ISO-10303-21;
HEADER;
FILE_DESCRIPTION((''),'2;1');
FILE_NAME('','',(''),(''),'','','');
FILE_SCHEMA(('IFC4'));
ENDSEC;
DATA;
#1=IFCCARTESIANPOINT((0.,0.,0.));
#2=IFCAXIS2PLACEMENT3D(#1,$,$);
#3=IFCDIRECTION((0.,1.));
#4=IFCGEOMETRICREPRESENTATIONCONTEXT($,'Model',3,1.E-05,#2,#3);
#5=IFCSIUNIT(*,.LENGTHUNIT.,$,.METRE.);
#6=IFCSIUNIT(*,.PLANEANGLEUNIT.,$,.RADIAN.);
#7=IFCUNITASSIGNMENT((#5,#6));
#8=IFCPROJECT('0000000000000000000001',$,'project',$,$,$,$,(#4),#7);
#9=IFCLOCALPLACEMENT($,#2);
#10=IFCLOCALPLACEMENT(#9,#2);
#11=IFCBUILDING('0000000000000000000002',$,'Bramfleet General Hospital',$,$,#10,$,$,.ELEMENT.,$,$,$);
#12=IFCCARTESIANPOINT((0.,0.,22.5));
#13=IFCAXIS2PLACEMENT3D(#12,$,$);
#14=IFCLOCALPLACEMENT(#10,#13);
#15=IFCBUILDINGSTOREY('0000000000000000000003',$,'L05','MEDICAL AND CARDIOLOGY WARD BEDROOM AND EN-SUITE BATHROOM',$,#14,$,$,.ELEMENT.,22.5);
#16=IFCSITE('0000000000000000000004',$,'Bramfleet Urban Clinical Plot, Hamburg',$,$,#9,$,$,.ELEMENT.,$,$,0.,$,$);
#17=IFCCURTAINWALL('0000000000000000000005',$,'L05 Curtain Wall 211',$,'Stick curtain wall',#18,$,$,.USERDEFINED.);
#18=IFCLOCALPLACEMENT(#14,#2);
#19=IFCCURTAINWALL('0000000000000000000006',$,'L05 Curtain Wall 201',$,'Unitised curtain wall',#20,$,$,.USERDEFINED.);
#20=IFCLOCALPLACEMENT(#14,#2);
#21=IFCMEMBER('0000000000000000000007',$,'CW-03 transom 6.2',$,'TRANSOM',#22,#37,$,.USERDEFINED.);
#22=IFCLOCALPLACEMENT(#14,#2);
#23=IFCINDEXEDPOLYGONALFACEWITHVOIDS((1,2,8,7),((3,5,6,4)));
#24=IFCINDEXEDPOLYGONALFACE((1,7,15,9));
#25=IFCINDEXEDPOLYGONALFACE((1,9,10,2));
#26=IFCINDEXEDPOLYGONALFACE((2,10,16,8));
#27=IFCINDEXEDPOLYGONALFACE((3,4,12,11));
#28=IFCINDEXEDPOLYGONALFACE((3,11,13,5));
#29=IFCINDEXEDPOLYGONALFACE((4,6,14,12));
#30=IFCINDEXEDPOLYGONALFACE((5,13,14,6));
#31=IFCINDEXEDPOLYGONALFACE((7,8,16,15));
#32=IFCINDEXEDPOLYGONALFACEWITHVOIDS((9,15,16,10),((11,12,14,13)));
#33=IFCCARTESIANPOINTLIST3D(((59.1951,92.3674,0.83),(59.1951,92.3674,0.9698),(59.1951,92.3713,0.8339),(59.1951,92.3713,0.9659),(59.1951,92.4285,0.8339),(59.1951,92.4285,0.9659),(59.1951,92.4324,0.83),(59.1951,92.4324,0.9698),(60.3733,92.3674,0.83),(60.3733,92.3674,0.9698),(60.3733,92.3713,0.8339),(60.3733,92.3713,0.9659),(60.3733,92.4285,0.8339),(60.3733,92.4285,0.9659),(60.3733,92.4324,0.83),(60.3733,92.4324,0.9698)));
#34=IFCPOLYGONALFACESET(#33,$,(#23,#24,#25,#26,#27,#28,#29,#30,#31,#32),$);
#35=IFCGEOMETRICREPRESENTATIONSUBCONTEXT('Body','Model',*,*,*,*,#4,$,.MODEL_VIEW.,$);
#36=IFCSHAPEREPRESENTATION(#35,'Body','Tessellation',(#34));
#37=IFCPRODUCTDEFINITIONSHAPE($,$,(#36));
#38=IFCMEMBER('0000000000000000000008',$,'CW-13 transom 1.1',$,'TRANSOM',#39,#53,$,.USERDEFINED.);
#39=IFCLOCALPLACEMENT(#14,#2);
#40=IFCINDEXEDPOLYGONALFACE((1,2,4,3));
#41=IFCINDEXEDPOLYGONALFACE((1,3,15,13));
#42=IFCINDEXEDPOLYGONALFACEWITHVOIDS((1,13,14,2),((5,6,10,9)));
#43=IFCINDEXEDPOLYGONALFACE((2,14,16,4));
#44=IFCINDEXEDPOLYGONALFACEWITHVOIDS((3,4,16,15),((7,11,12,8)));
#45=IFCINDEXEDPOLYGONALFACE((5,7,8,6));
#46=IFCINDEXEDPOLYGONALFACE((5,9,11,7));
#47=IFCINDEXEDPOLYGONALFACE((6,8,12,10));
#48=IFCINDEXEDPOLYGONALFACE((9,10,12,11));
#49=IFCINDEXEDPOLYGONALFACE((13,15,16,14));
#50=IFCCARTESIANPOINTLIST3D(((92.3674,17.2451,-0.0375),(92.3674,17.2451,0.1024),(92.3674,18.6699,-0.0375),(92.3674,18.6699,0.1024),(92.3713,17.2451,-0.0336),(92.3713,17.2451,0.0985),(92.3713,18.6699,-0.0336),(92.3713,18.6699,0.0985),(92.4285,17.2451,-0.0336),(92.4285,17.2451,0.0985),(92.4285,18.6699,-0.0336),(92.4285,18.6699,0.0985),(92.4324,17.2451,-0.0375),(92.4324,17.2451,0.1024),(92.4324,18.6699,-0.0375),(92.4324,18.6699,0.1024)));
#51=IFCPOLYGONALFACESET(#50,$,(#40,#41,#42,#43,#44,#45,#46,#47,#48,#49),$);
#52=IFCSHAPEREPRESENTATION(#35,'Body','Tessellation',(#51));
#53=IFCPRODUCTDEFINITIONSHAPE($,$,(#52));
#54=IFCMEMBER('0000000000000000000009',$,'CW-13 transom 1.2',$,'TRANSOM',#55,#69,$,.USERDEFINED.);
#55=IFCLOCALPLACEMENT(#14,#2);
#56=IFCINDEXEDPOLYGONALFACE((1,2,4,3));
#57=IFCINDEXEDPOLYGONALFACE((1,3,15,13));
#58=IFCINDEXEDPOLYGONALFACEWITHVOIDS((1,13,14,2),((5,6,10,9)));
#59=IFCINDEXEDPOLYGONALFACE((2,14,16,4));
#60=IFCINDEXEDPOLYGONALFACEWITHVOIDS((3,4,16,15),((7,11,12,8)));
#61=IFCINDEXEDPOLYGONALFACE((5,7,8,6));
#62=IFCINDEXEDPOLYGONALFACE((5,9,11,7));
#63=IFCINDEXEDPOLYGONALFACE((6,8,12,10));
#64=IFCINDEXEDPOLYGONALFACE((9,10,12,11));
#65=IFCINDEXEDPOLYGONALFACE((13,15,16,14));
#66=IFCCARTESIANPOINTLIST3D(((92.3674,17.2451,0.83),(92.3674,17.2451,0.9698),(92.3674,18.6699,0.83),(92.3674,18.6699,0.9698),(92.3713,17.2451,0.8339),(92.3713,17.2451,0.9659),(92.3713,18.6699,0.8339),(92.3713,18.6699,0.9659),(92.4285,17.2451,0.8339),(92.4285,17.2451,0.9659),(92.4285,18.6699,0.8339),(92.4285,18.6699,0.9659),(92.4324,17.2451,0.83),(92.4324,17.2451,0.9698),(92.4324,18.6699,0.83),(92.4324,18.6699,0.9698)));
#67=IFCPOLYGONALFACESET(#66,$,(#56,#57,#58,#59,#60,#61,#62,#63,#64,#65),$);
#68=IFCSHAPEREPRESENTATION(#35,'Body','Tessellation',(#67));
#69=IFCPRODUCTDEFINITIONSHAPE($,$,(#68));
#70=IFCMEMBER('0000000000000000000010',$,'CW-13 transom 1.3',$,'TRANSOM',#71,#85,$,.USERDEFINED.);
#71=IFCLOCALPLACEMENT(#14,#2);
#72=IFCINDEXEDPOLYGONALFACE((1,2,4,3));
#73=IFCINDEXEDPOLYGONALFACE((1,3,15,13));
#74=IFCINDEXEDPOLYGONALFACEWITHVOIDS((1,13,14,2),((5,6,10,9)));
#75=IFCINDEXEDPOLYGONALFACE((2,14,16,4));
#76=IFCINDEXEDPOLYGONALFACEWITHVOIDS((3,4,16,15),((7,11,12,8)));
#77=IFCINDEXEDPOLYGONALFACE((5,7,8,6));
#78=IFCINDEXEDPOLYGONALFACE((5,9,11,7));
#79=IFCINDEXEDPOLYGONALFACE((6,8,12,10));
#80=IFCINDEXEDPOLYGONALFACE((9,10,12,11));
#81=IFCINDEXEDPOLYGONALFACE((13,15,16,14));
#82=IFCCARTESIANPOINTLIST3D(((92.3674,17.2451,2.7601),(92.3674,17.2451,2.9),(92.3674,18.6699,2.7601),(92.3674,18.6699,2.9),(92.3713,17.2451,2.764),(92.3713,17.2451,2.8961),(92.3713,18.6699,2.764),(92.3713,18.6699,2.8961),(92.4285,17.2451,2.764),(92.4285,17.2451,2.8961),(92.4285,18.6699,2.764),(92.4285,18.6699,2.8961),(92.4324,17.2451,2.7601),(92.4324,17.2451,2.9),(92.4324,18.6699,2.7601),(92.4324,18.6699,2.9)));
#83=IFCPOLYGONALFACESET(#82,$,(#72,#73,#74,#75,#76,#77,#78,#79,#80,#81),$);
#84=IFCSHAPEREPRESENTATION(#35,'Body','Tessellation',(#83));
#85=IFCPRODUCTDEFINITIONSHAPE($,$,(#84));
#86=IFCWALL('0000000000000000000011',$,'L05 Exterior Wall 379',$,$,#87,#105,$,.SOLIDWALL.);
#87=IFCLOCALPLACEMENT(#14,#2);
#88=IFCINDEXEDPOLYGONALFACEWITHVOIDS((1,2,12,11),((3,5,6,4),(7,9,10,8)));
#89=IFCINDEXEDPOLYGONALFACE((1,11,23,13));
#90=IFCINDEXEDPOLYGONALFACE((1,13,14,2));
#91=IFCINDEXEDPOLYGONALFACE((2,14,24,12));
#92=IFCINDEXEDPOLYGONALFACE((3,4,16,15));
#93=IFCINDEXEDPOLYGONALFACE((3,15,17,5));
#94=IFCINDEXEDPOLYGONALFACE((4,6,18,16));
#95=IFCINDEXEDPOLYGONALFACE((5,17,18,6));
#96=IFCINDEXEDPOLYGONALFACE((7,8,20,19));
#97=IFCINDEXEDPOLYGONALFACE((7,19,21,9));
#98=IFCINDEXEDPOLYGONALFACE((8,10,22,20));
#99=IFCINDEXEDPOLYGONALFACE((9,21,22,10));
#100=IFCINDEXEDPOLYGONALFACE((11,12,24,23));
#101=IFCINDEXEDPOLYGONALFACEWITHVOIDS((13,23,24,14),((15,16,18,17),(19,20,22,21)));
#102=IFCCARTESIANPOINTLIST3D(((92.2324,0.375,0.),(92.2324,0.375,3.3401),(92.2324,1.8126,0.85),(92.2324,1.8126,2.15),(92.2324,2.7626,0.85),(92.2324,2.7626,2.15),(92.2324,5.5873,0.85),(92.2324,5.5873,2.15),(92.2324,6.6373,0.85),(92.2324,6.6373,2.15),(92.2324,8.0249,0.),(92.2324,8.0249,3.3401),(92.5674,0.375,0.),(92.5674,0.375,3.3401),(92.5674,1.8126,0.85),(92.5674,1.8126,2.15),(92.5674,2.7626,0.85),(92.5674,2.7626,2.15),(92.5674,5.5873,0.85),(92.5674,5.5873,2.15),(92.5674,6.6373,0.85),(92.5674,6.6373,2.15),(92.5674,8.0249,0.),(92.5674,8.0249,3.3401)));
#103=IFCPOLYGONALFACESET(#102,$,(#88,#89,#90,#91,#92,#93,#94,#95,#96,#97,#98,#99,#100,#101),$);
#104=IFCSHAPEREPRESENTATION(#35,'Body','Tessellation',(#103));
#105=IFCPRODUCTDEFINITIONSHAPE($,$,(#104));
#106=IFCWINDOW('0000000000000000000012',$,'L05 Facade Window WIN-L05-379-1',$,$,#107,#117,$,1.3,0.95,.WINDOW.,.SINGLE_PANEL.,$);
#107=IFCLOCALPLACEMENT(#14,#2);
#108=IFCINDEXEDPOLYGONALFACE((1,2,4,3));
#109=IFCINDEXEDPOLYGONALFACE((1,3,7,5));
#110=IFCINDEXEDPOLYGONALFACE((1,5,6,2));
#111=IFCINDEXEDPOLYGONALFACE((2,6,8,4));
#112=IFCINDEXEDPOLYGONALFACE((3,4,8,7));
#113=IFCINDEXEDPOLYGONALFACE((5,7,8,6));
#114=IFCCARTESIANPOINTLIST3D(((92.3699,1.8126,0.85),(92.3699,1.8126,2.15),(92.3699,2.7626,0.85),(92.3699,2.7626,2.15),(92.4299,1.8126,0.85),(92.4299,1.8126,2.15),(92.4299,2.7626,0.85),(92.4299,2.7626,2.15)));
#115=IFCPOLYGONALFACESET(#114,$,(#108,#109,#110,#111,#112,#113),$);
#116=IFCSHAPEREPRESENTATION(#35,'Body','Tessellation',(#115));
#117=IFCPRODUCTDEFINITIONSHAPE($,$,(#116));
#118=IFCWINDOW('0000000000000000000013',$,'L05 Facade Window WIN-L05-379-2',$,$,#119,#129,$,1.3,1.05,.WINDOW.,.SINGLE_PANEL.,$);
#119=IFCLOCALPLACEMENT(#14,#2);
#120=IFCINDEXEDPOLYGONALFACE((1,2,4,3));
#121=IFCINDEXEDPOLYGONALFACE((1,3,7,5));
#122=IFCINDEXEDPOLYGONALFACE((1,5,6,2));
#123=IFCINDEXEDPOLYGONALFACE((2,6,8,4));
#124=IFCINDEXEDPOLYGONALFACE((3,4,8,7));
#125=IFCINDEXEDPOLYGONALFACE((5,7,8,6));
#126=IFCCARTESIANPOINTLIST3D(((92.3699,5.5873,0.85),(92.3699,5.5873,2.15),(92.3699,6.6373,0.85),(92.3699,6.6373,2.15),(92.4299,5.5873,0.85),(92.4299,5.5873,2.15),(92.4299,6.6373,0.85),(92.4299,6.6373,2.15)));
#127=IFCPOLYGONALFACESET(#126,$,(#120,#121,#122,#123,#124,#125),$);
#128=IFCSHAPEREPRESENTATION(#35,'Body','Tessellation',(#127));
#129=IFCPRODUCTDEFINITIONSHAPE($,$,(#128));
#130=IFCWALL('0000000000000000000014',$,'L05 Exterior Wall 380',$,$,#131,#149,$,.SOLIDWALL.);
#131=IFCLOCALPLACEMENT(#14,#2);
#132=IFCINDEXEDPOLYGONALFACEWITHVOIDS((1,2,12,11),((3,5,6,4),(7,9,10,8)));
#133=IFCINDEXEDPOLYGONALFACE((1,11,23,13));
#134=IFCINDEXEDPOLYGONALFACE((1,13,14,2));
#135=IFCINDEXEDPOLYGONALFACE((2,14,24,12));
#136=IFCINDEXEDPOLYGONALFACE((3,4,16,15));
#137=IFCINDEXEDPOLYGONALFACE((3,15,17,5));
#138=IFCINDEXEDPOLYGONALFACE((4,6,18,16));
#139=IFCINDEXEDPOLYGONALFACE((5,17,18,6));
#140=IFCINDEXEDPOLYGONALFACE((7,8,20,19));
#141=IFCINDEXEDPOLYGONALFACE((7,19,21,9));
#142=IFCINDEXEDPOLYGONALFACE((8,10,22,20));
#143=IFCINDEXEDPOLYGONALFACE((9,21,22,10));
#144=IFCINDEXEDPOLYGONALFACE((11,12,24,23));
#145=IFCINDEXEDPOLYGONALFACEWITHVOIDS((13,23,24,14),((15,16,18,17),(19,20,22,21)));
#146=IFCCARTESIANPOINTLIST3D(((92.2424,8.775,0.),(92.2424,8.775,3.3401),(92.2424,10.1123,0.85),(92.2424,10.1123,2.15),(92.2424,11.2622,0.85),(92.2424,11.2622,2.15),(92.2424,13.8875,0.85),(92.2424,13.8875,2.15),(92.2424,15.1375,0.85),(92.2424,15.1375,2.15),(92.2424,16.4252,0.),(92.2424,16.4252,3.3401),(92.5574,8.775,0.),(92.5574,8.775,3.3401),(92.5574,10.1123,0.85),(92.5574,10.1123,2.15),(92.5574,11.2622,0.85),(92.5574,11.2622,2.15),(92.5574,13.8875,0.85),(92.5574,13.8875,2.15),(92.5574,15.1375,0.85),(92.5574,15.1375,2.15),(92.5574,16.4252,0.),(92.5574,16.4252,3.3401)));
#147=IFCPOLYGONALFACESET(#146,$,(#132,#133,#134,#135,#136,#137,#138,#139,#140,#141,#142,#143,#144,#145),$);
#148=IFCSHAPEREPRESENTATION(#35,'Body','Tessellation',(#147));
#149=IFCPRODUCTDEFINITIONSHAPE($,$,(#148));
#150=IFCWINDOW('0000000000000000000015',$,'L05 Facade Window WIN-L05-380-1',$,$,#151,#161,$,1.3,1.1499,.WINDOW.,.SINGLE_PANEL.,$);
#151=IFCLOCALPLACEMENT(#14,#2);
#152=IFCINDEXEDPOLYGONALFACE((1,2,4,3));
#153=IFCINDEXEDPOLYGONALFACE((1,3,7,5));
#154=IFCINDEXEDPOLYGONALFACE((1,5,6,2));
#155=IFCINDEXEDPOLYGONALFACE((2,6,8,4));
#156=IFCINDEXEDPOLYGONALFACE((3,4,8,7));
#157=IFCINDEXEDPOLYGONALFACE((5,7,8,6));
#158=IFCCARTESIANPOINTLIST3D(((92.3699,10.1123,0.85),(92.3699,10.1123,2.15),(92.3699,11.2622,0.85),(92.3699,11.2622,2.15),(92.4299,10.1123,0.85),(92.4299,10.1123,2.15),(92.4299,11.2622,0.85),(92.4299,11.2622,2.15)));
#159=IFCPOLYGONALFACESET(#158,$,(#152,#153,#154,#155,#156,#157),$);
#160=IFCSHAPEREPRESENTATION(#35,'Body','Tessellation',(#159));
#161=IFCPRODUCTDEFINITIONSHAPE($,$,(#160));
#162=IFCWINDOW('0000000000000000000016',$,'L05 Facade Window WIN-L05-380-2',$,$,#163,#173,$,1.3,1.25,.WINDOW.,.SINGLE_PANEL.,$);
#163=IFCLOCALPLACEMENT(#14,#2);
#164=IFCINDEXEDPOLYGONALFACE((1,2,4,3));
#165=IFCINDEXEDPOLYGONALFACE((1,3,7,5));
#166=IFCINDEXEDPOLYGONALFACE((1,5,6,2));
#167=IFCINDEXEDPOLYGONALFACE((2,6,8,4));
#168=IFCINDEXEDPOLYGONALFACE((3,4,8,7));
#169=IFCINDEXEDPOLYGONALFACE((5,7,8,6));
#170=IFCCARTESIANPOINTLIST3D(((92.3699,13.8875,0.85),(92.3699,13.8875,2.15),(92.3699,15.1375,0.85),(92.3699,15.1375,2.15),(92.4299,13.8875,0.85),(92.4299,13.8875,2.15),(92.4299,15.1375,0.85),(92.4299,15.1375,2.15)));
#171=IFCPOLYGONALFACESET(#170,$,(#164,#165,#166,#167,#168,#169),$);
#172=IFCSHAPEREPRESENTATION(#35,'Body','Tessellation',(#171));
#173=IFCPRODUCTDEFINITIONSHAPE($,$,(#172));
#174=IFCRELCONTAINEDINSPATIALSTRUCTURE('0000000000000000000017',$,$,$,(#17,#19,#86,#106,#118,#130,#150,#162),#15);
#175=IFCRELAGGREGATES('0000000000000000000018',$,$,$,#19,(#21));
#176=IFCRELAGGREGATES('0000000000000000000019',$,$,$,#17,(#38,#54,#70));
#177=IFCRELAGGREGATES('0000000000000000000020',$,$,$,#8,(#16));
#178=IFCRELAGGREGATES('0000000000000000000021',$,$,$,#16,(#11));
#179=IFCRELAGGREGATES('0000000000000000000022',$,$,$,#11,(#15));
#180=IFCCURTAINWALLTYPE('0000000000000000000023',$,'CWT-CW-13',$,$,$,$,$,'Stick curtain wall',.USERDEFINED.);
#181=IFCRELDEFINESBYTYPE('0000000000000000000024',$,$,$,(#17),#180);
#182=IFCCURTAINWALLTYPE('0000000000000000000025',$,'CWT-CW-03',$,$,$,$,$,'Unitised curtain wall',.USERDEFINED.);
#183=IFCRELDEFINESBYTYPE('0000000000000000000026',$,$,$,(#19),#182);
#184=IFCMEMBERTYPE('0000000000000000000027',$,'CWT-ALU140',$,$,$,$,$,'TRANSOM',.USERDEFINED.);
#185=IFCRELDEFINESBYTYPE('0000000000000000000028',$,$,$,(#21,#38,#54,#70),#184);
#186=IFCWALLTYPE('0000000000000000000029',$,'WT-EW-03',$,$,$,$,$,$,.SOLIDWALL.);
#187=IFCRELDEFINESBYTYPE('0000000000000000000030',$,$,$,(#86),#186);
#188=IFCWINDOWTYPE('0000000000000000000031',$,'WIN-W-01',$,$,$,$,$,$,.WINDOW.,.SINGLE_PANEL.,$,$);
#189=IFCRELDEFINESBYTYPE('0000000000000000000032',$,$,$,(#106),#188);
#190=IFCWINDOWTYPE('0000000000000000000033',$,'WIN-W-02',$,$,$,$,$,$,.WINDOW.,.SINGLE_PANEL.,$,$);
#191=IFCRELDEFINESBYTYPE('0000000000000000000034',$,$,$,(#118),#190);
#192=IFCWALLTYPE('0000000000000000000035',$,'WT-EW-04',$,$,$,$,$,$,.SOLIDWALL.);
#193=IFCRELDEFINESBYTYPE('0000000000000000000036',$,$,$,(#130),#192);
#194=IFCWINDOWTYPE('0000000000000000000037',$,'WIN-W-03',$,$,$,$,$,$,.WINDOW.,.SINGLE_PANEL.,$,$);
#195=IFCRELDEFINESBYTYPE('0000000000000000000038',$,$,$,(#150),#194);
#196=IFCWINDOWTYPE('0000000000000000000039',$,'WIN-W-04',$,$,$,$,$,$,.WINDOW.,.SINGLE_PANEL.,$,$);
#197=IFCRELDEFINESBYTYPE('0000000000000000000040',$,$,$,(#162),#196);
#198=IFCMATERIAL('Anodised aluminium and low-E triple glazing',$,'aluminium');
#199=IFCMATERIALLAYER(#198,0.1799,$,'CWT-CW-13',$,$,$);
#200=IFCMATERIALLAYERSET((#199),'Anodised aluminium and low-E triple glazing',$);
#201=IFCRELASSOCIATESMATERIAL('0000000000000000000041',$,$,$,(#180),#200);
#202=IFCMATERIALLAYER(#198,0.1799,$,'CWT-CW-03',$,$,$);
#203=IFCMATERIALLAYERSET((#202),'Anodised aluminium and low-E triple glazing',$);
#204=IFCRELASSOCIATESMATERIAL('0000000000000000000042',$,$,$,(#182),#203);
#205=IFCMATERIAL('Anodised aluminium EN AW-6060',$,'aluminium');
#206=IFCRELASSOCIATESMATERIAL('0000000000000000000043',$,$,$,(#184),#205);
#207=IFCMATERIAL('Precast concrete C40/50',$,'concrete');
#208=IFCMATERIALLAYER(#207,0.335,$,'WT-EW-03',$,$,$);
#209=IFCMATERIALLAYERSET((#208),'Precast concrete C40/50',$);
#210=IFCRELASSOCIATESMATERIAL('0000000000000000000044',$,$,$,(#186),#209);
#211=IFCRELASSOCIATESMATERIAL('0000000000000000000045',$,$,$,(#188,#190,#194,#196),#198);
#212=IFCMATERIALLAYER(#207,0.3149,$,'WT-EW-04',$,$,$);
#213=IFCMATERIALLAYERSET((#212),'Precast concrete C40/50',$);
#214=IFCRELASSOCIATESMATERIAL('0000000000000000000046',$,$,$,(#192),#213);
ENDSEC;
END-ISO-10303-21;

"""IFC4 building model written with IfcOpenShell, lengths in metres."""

from ifc_helpers import new_model, si_unit, direction, frame, frame_2d, origin, origin_2d, place, context, subcontext, project, spatial, rectangle, hollow_rectangle, extrude, material, layer, layer_set, material_profile, profile_set, type_object, element, fill, aggregate, save


model = new_model("IFC4")

# Units and contexts
model_context = context("Model", 3, precision=1e-05, world=origin(), true_north=direction((0.0, 1.0)))
body_context = subcontext(model_context, "Body", "Model", "MODEL_VIEW")
ifc_project = project(units=[si_unit("LENGTHUNIT", "METRE"), si_unit("PLANEANGLEUNIT", "RADIAN")], contexts=[model_context])

# Site, building, storey
site_placement = place(None, origin())
site = spatial("IfcSite", under=ifc_project, at=site_placement, Name="Bramfleet Urban Clinical Plot, Hamburg", CompositionType="ELEMENT", RefElevation=0.0)
building_placement = place(site_placement, origin())
building = spatial("IfcBuilding", under=site, at=building_placement, Name="Bramfleet General Hospital", CompositionType="ELEMENT")
storey_placement = place(building_placement, frame((0.0, 0.0, 22.5)))
storey = spatial("IfcBuildingStorey", under=building, at=storey_placement, Name="L05", Description="MEDICAL AND CARDIOLOGY WARD BEDROOM AND EN-SUITE BATHROOM", CompositionType="ELEMENT", Elevation=22.5)

# Curtain walls, member
ifc_material_1 = material(Name="Anodised aluminium and low-E triple glazing", Category="aluminium")
ifc_layer_1 = layer(ifc_material_1, 0.1799, Name="CWT-CW-13")
ifc_layer_set_1 = layer_set([ifc_layer_1], Name="Anodised aluminium and low-E triple glazing")
curtain_wall_type_1 = type_object("IfcCurtainWallType", Name="CWT-CW-13", ElementType="Stick curtain wall", PredefinedType="USERDEFINED", material=ifc_layer_set_1)
curtain_wall_1_placement = place(storey_placement, origin())
curtain_wall_1 = element("IfcCurtainWall", 1, at=curtain_wall_1_placement, inside=storey, type_object=curtain_wall_type_1, Name="L05 Curtain Wall 211", ObjectType="Stick curtain wall", PredefinedType="USERDEFINED")
ifc_material_2 = material(Name="Anodised aluminium EN AW-6060", Category="aluminium")
ifc_layer_2 = layer(ifc_material_1, 0.1799, Name="CWT-CW-03")
ifc_layer_set_2 = layer_set([ifc_layer_2], Name="Anodised aluminium and low-E triple glazing")
curtain_wall_type_2 = type_object("IfcCurtainWallType", Name="CWT-CW-03", ElementType="Unitised curtain wall", PredefinedType="USERDEFINED", material=ifc_layer_set_2)
curtain_wall_2_placement = place(storey_placement, origin())
curtain_wall_2 = element("IfcCurtainWall", 2, at=curtain_wall_2_placement, inside=storey, type_object=curtain_wall_type_2, Name="L05 Curtain Wall 201", ObjectType="Unitised curtain wall", PredefinedType="USERDEFINED")
ifc_material_profile_1 = material_profile(ifc_material_2, hollow_rectangle(XDim=0.0649, YDim=0.1399, WallThickness=0.0039, at=origin_2d()), Name="ALU 140x65x4.0")
ifc_profile_set_1 = profile_set([ifc_material_profile_1], Name="Anodised aluminium EN AW-6060")
member_type_1 = type_object("IfcMemberType", Name="CWT-ALU140", ElementType="TRANSOM", PredefinedType="USERDEFINED", material=ifc_profile_set_1)
member_1_placement = place(storey_placement, frame((60.3733, 92.3999, 0.8999), z_axis=(-1.0, 0.0, 0.0), x_axis=(0.0, -1.0, 0.0)))
member_1 = element("IfcMember", 3, at=member_1_placement, type_object=member_type_1, Name="CW-03 transom 6.2", ObjectType="TRANSOM", PredefinedType="USERDEFINED", context=body_context, shape_type="SweptSolid", body=[
    extrude(hollow_rectangle(XDim=0.0649, YDim=0.1399, WallThickness=0.0039, at=origin_2d()), origin(), (0.0, 0.0, 1.0), 1.1782),
])
aggregate(curtain_wall_2, [member_1])

# Members
member_2_placement = place(storey_placement, frame((92.3999, 17.2451, 0.0325), z_axis=(0.0, 1.0, 0.0), x_axis=(-1.0, 0.0, 0.0)))
member_2 = element("IfcMember", 4, at=member_2_placement, type_object=member_type_1, Name="CW-13 transom 1.1", ObjectType="TRANSOM", PredefinedType="USERDEFINED", context=body_context, shape_type="SweptSolid", body=[
    extrude(hollow_rectangle(XDim=0.0649, YDim=0.1399, WallThickness=0.0039, at=origin_2d()), origin(), (0.0, 0.0, 1.0), 1.4248),
])
member_3_placement = place(storey_placement, frame((92.3999, 17.2451, 0.8999), z_axis=(0.0, 1.0, 0.0), x_axis=(-1.0, 0.0, 0.0)))
member_3 = element("IfcMember", 5, at=member_3_placement, type_object=member_type_1, Name="CW-13 transom 1.2", ObjectType="TRANSOM", PredefinedType="USERDEFINED", context=body_context, shape_type="SweptSolid", body=[
    extrude(hollow_rectangle(XDim=0.0649, YDim=0.1399, WallThickness=0.0039, at=origin_2d()), origin(), (0.0, 0.0, 1.0), 1.4248),
])
member_4_placement = place(storey_placement, frame((92.3999, 17.2451, 2.8301), z_axis=(0.0, 1.0, 0.0), x_axis=(-1.0, 0.0, 0.0)))
member_4 = element("IfcMember", 6, at=member_4_placement, type_object=member_type_1, Name="CW-13 transom 1.3", ObjectType="TRANSOM", PredefinedType="USERDEFINED", context=body_context, shape_type="SweptSolid", body=[
    extrude(hollow_rectangle(XDim=0.0649, YDim=0.1399, WallThickness=0.0039, at=origin_2d()), origin(), (0.0, 0.0, 1.0), 1.4248),
])
aggregate(curtain_wall_1, [member_2, member_3, member_4])

# Walls, openings, windows
ifc_material_3 = material(Name="Precast concrete C40/50", Category="concrete")
ifc_layer_3 = layer(ifc_material_3, 0.335, Name="WT-EW-03")
ifc_layer_set_3 = layer_set([ifc_layer_3], Name="Precast concrete C40/50")
wall_type_1 = type_object("IfcWallType", Name="WT-EW-03", PredefinedType="SOLIDWALL", material=ifc_layer_set_3)
wall_1_placement = place(storey_placement, frame((92.3999, 0.375, 0.0), z_axis=(0.0, 0.0, 1.0), x_axis=(0.0, 1.0, 0.0)))
wall_1 = element("IfcWall", 7, at=wall_1_placement, inside=storey, type_object=wall_type_1, Name="L05 Exterior Wall 379", PredefinedType="SOLIDWALL", context=body_context, shape_type="SweptSolid", body=[
    extrude(rectangle(XDim=7.6499, YDim=0.335, at=frame_2d((3.825, 0.0))), origin(), (0.0, 0.0, 1.0), 3.3401),
])
opening_1_placement = place(wall_1_placement, frame((1.4375, 0.0, 0.8501)))
opening_1 = element("IfcOpeningElement", 8, at=opening_1_placement, cuts=wall_1, PredefinedType="OPENING", context=body_context, shape_type="SweptSolid", body=[
    extrude(rectangle(XDim=0.95, YDim=1.3, at=frame_2d((0.4751, 0.6499))), frame((0.0, 0.1775, 0.0), z_axis=(0.0, -1.0, 0.0), x_axis=(1.0, 0.0, 0.0)), (0.0, 0.0, 1.0), 0.355),
])
opening_2_placement = place(wall_1_placement, frame((5.2124, 0.0, 0.8501)))
opening_2 = element("IfcOpeningElement", 9, at=opening_2_placement, cuts=wall_1, PredefinedType="OPENING", context=body_context, shape_type="SweptSolid", body=[
    extrude(rectangle(XDim=1.05, YDim=1.3, at=frame_2d((0.5249, 0.6499))), frame((0.0, 0.1775, 0.0), z_axis=(0.0, -1.0, 0.0), x_axis=(1.0, 0.0, 0.0)), (0.0, 0.0, 1.0), 0.355),
])
window_type_1 = type_object("IfcWindowType", Name="WIN-W-01", PartitioningType="SINGLE_PANEL", PredefinedType="WINDOW", material=ifc_material_1)
window_1_placement = place(opening_1_placement, origin())
window_1 = element("IfcWindow", 10, at=window_1_placement, inside=storey, type_object=window_type_1, Name="L05 Facade Window WIN-L05-379-1", OverallHeight=1.3, OverallWidth=0.95, PartitioningType="SINGLE_PANEL", PredefinedType="WINDOW", context=body_context, shape_type="SweptSolid", body=[
    extrude(rectangle(XDim=0.95, YDim=1.3, at=frame_2d((0.4751, 0.6499))), frame((0.0, 0.03, 0.0), z_axis=(0.0, -1.0, 0.0), x_axis=(1.0, 0.0, 0.0)), (0.0, 0.0, 1.0), 0.0601),
])
fill(opening_1, window_1)
window_type_2 = type_object("IfcWindowType", Name="WIN-W-02", PartitioningType="SINGLE_PANEL", PredefinedType="WINDOW", material=ifc_material_1)
window_2_placement = place(opening_2_placement, origin())
window_2 = element("IfcWindow", 11, at=window_2_placement, inside=storey, type_object=window_type_2, Name="L05 Facade Window WIN-L05-379-2", OverallHeight=1.3, OverallWidth=1.05, PartitioningType="SINGLE_PANEL", PredefinedType="WINDOW", context=body_context, shape_type="SweptSolid", body=[
    extrude(rectangle(XDim=1.05, YDim=1.3, at=frame_2d((0.5249, 0.6499))), frame((0.0, 0.03, 0.0), z_axis=(0.0, -1.0, 0.0), x_axis=(1.0, 0.0, 0.0)), (0.0, 0.0, 1.0), 0.0601),
])
fill(opening_2, window_2)
ifc_layer_4 = layer(ifc_material_3, 0.3149, Name="WT-EW-04")
ifc_layer_set_4 = layer_set([ifc_layer_4], Name="Precast concrete C40/50")
wall_type_2 = type_object("IfcWallType", Name="WT-EW-04", PredefinedType="SOLIDWALL", material=ifc_layer_set_4)
wall_2_placement = place(storey_placement, frame((92.3999, 8.7749, 0.0), z_axis=(0.0, 0.0, 1.0), x_axis=(0.0, 1.0, 0.0)))
wall_2 = element("IfcWall", 12, at=wall_2_placement, inside=storey, type_object=wall_type_2, Name="L05 Exterior Wall 380", PredefinedType="SOLIDWALL", context=body_context, shape_type="SweptSolid", body=[
    extrude(rectangle(XDim=7.6501, YDim=0.3149, at=frame_2d((3.8252, 0.0))), origin(), (0.0, 0.0, 1.0), 3.3401),
])
opening_3_placement = place(wall_2_placement, frame((1.3374, 0.0, 0.8501)))
opening_3 = element("IfcOpeningElement", 13, at=opening_3_placement, cuts=wall_2, PredefinedType="OPENING", context=body_context, shape_type="SweptSolid", body=[
    extrude(rectangle(XDim=1.1499, YDim=1.3, at=frame_2d((0.575, 0.6499))), frame((0.0, 0.1675, 0.0), z_axis=(0.0, -1.0, 0.0), x_axis=(1.0, 0.0, 0.0)), (0.0, 0.0, 1.0), 0.335),
])
opening_4_placement = place(wall_2_placement, frame((5.1125, 0.0, 0.8501)))
opening_4 = element("IfcOpeningElement", 14, at=opening_4_placement, cuts=wall_2, PredefinedType="OPENING", context=body_context, shape_type="SweptSolid", body=[
    extrude(rectangle(XDim=1.25, YDim=1.3, at=frame_2d((0.625, 0.6499))), frame((0.0, 0.1675, 0.0), z_axis=(0.0, -1.0, 0.0), x_axis=(1.0, 0.0, 0.0)), (0.0, 0.0, 1.0), 0.335),
])
window_type_3 = type_object("IfcWindowType", Name="WIN-W-03", PartitioningType="SINGLE_PANEL", PredefinedType="WINDOW", material=ifc_material_1)
window_3_placement = place(opening_3_placement, origin())
window_3 = element("IfcWindow", 15, at=window_3_placement, inside=storey, type_object=window_type_3, Name="L05 Facade Window WIN-L05-380-1", OverallHeight=1.3, OverallWidth=1.1499, PartitioningType="SINGLE_PANEL", PredefinedType="WINDOW", context=body_context, shape_type="SweptSolid", body=[
    extrude(rectangle(XDim=1.1499, YDim=1.3, at=frame_2d((0.575, 0.6499))), frame((0.0, 0.03, 0.0), z_axis=(0.0, -1.0, 0.0), x_axis=(1.0, 0.0, 0.0)), (0.0, 0.0, 1.0), 0.0601),
])
fill(opening_3, window_3)
window_type_4 = type_object("IfcWindowType", Name="WIN-W-04", PartitioningType="SINGLE_PANEL", PredefinedType="WINDOW", material=ifc_material_1)
window_4_placement = place(opening_4_placement, origin())
window_4 = element("IfcWindow", 16, at=window_4_placement, inside=storey, type_object=window_type_4, Name="L05 Facade Window WIN-L05-380-2", OverallHeight=1.3, OverallWidth=1.25, PartitioningType="SINGLE_PANEL", PredefinedType="WINDOW", context=body_context, shape_type="SweptSolid", body=[
    extrude(rectangle(XDim=1.25, YDim=1.3, at=frame_2d((0.625, 0.6499))), frame((0.0, 0.03, 0.0), z_axis=(0.0, -1.0, 0.0), x_axis=(1.0, 0.0, 0.0)), (0.0, 0.0, 1.0), 0.0601),
])
fill(opening_4, window_4)

save(model, "model.ifc")
